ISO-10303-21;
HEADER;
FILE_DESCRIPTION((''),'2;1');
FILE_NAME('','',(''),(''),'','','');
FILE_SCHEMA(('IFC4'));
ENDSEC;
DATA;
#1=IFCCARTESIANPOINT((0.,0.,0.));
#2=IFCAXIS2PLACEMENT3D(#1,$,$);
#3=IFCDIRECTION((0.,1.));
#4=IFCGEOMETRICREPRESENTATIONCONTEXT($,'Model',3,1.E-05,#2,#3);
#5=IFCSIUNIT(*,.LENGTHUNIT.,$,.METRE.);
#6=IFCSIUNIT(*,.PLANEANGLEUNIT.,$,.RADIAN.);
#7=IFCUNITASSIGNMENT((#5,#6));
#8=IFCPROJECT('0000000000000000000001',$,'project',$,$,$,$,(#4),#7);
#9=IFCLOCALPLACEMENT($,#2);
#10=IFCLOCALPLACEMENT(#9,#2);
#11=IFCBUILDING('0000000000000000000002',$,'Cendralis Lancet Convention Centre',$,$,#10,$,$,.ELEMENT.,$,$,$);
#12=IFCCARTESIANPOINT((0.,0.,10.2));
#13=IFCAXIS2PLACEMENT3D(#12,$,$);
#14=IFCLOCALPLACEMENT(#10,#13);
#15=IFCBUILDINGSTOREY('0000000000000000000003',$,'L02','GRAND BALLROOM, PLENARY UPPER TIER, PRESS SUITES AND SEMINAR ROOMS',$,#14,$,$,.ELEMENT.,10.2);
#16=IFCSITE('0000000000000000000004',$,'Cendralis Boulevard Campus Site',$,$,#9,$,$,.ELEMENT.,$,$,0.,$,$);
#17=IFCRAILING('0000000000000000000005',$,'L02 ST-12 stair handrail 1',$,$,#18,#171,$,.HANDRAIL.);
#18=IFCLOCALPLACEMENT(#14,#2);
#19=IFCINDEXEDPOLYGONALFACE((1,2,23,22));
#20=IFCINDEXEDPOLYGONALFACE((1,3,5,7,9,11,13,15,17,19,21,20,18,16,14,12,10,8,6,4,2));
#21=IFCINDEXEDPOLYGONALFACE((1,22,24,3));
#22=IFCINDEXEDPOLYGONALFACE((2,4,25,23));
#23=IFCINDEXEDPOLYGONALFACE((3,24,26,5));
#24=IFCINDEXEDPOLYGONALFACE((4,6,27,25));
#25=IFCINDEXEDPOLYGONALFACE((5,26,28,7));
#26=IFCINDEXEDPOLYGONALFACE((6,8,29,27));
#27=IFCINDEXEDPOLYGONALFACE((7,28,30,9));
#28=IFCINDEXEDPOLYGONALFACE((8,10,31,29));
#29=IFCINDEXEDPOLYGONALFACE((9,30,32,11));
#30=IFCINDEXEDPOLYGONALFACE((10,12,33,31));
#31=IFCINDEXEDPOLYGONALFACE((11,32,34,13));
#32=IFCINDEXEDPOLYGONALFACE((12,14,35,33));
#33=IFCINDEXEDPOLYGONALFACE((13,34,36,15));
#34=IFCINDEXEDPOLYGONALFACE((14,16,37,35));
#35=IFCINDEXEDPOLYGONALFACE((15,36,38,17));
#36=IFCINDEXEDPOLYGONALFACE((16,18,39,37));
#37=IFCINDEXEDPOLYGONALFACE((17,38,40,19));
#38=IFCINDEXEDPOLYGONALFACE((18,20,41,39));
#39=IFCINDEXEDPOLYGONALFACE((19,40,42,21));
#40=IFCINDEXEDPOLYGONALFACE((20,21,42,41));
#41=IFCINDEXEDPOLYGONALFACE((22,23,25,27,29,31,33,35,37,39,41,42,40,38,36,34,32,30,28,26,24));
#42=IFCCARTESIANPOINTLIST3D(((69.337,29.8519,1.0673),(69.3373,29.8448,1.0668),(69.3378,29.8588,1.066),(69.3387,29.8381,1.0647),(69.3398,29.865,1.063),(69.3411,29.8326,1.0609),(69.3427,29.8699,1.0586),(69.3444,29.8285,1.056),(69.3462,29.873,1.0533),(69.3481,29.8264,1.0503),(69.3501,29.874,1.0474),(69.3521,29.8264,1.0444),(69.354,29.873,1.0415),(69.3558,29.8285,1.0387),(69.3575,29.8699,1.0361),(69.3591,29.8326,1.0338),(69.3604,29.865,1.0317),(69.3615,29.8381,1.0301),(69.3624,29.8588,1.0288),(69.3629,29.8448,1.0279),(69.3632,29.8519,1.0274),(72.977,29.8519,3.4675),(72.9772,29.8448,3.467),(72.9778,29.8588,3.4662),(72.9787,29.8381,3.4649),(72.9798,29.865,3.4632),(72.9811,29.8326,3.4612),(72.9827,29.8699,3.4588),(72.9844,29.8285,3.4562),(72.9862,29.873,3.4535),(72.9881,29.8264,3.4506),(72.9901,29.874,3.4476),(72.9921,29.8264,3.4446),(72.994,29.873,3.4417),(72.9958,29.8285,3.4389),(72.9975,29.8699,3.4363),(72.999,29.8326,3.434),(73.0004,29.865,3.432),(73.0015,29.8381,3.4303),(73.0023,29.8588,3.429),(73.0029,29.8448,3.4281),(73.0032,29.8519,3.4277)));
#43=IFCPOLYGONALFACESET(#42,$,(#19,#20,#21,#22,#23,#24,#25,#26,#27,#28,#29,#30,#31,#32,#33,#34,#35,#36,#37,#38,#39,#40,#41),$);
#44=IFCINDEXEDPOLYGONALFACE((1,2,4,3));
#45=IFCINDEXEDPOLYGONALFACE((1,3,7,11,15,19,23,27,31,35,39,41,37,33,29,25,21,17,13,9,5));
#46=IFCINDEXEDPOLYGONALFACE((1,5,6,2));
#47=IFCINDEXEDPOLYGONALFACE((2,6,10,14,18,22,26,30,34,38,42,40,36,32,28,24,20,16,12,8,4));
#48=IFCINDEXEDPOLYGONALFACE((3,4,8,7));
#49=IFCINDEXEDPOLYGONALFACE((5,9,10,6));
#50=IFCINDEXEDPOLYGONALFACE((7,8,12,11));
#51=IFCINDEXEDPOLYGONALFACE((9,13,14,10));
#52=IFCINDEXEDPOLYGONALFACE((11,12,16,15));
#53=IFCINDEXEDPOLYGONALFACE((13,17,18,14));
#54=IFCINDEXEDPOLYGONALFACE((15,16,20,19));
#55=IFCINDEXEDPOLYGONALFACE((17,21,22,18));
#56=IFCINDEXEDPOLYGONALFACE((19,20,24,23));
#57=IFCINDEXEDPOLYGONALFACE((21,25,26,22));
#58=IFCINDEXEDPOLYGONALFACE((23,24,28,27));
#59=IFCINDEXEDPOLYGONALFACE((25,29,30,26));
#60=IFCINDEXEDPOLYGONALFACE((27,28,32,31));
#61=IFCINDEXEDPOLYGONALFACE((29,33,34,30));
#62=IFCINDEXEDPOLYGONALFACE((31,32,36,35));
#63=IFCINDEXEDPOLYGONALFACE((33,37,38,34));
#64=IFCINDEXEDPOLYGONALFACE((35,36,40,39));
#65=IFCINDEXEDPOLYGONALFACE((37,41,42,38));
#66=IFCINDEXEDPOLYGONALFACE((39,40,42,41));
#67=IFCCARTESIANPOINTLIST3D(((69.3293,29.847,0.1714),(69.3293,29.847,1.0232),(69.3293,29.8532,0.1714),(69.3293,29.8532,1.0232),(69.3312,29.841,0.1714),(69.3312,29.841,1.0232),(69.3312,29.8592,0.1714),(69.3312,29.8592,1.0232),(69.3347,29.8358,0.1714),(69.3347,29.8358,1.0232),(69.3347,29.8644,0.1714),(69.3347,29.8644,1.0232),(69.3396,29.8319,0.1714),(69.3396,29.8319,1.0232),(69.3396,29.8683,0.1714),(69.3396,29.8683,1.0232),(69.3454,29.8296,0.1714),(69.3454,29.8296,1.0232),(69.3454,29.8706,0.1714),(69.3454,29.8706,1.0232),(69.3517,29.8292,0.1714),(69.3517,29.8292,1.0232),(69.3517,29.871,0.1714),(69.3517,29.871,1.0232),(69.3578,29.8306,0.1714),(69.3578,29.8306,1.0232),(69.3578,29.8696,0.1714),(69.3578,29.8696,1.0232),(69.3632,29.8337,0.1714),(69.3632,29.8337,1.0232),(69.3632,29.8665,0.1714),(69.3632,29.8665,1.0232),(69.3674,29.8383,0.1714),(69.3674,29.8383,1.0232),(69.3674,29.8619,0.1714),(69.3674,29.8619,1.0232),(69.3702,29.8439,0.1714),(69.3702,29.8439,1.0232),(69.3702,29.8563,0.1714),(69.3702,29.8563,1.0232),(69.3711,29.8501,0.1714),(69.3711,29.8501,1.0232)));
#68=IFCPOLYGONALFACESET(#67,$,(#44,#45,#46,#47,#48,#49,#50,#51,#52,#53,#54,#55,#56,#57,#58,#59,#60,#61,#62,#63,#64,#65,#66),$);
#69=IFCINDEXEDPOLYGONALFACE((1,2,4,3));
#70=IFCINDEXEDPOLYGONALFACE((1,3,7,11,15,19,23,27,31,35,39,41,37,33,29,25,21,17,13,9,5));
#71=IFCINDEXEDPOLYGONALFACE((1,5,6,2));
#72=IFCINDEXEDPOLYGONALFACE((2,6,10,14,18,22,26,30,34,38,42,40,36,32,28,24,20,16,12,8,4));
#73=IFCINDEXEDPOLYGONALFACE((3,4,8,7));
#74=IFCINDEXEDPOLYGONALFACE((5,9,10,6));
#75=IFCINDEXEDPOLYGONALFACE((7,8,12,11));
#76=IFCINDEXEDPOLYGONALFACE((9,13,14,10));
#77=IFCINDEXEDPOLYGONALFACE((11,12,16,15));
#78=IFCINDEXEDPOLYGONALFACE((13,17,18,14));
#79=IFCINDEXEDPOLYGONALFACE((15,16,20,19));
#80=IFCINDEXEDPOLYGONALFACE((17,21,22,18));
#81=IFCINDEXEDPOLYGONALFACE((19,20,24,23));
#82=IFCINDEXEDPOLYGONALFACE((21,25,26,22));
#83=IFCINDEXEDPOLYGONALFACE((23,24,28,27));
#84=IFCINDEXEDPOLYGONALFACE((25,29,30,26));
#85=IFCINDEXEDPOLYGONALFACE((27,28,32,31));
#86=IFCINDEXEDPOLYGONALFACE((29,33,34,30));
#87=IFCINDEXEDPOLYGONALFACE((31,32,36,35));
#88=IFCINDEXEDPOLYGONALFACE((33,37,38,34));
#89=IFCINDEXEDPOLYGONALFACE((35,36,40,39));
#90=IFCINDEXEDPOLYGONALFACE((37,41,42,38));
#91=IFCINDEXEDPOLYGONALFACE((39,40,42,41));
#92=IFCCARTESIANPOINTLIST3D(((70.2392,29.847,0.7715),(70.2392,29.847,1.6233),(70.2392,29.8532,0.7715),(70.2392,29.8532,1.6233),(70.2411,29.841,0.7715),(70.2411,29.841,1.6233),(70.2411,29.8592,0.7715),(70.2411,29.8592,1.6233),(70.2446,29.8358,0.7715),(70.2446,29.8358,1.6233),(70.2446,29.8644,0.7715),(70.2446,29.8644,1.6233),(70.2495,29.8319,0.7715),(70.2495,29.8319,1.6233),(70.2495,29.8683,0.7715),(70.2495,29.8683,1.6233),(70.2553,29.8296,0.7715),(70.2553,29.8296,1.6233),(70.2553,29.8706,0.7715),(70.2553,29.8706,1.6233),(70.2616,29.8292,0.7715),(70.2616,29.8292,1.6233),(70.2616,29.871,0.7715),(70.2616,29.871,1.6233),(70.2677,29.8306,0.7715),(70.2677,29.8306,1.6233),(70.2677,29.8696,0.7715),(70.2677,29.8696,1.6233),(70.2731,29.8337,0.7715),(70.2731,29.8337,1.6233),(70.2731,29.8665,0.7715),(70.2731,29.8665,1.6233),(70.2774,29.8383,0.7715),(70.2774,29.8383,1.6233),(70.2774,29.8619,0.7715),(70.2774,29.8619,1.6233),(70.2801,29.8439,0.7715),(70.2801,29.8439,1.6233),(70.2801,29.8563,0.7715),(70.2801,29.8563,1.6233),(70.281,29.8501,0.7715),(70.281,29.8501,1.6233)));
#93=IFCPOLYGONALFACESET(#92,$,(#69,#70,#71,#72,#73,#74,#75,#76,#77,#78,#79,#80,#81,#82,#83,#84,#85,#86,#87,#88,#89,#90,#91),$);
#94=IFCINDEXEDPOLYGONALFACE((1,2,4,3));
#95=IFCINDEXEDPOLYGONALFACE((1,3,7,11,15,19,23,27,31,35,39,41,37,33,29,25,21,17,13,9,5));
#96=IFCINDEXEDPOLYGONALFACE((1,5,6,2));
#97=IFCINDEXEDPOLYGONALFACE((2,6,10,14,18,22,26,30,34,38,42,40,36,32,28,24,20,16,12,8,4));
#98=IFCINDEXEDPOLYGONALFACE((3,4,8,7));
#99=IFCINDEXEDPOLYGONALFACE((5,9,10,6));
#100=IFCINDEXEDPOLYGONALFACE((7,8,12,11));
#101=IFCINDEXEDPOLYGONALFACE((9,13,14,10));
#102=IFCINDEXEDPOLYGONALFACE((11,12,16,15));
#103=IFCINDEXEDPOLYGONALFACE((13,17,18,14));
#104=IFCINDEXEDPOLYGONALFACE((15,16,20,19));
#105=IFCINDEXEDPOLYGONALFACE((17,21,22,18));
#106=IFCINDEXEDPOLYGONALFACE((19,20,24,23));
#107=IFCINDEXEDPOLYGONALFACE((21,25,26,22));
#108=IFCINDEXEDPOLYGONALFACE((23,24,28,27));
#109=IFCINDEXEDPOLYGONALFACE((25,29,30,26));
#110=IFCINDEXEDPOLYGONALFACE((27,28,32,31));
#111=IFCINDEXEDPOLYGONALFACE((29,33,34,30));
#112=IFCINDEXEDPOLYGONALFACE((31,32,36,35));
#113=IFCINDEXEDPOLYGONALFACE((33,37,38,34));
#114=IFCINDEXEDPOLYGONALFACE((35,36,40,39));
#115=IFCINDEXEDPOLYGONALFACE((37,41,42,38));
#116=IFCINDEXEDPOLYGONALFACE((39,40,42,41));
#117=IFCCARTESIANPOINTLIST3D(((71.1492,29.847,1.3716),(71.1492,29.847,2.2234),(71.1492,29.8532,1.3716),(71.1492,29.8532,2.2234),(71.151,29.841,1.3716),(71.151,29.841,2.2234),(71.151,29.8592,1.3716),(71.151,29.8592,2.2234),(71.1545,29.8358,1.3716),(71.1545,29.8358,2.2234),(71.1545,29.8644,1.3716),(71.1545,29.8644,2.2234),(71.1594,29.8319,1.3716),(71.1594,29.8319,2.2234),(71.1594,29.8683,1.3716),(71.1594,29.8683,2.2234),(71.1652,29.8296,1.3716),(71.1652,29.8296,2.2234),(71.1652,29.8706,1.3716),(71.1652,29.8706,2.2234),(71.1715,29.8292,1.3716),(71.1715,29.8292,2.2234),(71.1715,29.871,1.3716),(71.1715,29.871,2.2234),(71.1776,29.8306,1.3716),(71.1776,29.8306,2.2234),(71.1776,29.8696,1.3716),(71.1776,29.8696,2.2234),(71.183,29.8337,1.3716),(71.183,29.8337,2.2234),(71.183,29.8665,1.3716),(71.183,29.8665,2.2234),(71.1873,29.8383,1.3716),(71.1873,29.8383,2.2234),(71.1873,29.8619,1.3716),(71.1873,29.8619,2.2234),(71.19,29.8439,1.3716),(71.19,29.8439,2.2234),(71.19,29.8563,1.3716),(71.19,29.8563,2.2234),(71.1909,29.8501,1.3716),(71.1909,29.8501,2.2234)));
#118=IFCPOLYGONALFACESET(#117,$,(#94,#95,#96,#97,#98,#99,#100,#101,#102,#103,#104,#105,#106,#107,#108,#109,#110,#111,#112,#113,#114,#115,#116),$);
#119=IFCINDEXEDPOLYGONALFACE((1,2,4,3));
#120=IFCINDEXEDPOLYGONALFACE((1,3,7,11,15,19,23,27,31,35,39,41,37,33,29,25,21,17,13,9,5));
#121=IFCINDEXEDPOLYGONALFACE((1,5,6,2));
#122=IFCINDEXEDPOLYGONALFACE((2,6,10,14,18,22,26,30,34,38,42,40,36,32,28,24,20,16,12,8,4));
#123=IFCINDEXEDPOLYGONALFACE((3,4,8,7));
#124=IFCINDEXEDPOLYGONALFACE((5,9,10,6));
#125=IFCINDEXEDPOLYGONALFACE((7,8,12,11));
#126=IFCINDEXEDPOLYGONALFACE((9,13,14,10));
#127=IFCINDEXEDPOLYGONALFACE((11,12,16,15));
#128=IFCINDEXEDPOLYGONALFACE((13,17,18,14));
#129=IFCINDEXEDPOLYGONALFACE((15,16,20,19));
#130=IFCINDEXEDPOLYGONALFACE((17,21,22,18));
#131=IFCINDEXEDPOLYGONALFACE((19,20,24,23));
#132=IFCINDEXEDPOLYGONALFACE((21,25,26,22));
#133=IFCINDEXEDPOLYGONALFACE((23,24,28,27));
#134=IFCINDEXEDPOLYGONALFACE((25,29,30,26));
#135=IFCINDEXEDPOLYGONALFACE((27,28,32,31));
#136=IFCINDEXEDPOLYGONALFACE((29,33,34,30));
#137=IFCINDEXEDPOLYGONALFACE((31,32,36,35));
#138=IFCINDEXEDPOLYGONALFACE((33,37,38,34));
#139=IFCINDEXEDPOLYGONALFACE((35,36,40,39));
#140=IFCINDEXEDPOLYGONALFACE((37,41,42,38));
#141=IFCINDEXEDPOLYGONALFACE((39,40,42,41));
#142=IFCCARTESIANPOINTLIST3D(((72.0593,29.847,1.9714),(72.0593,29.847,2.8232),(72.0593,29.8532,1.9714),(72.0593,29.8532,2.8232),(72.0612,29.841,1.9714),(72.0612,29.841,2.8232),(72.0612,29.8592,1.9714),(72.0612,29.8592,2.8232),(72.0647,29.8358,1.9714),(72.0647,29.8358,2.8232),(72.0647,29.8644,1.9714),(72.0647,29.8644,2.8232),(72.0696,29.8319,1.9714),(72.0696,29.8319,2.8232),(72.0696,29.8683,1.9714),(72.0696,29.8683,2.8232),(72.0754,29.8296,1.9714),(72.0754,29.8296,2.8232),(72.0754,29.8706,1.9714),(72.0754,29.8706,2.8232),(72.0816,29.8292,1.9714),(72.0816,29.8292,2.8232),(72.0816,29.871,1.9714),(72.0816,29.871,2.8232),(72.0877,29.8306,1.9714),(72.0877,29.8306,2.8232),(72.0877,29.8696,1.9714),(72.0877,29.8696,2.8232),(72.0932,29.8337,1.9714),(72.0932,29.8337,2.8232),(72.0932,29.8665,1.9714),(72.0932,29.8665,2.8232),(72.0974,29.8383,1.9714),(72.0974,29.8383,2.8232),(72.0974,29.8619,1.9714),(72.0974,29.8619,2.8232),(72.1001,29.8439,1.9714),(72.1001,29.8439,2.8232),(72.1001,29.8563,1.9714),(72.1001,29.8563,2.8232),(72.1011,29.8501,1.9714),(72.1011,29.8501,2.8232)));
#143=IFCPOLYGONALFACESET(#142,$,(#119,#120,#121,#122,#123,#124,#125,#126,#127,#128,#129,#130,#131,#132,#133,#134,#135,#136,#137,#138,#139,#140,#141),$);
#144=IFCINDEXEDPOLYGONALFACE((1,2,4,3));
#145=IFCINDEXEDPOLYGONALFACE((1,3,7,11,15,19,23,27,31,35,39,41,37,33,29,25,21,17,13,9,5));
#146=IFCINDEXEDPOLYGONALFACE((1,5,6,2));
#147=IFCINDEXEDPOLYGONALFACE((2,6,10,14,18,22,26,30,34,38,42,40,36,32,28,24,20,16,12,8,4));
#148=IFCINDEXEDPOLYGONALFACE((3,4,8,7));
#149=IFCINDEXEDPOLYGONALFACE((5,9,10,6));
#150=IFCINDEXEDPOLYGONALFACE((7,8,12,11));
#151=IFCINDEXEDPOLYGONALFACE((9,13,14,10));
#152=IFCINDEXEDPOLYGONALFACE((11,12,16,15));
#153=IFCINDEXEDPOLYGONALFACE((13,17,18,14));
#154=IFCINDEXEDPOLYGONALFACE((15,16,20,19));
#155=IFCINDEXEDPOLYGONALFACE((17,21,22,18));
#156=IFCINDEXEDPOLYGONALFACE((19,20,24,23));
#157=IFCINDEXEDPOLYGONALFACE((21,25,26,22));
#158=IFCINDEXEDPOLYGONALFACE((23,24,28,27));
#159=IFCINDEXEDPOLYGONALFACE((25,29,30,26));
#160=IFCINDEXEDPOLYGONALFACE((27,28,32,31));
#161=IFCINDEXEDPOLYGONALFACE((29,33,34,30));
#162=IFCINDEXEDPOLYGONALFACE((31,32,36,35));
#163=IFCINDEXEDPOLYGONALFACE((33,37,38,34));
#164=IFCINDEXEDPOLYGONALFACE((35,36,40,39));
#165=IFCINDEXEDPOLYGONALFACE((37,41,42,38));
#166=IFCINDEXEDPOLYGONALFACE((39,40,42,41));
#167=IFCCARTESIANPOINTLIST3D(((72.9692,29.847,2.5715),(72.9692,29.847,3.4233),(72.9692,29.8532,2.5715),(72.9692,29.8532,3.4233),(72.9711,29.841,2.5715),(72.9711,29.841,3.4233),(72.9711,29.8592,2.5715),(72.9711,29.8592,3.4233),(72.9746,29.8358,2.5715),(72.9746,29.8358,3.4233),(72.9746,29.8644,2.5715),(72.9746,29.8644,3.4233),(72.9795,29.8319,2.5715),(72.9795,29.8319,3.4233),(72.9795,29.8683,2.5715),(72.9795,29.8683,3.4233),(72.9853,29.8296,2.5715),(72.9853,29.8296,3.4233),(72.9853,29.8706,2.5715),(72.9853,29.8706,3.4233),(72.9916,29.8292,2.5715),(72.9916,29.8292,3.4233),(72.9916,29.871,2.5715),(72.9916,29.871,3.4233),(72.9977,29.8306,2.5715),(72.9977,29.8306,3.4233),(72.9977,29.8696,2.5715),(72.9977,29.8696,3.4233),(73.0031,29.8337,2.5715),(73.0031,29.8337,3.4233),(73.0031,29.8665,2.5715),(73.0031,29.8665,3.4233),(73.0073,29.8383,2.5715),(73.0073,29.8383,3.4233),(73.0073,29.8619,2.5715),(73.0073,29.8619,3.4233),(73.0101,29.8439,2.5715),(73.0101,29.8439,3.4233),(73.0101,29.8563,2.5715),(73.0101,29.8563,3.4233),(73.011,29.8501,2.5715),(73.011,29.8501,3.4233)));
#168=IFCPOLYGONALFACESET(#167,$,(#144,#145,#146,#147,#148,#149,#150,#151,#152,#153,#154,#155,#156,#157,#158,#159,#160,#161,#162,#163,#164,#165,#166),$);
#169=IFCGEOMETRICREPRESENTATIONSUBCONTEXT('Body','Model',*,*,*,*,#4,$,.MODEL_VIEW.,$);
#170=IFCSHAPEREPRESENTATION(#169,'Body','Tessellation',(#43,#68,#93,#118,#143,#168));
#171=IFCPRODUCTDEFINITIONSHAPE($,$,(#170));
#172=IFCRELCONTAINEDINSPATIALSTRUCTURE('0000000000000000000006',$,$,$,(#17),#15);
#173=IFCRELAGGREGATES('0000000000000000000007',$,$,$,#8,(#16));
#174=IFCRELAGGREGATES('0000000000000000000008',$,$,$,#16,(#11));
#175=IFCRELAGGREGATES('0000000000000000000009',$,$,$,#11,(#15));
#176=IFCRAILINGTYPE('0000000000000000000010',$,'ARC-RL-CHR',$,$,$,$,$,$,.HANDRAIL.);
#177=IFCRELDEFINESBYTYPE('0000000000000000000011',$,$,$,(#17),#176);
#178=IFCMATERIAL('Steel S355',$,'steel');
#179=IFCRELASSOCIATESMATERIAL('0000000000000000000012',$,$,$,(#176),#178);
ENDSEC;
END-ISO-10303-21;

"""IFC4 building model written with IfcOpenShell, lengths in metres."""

from ifc_helpers import new_model, si_unit, direction, frame, origin, origin_2d, place, context, subcontext, project, spatial, circle, extrude, material, type_object, element, save


model = new_model("IFC4")

# Units and contexts
model_context = context("Model", 3, precision=1e-05, world=origin(), true_north=direction((0.0, 1.0)))
body_context = subcontext(model_context, "Body", "Model", "MODEL_VIEW")
ifc_project = project(units=[si_unit("LENGTHUNIT", "METRE"), si_unit("PLANEANGLEUNIT", "RADIAN")], contexts=[model_context])

# Site, building, storey
site_placement = place(None, origin())
site = spatial("IfcSite", under=ifc_project, at=site_placement, Name="Cendralis Boulevard Campus Site", CompositionType="ELEMENT", RefElevation=0.0)
building_placement = place(site_placement, origin())
building = spatial("IfcBuilding", under=site, at=building_placement, Name="Cendralis Lancet Convention Centre", CompositionType="ELEMENT")
storey_placement = place(building_placement, frame((0.0, 0.0, 10.2)))
storey = spatial("IfcBuildingStorey", under=building, at=storey_placement, Name="L02", Description="GRAND BALLROOM, PLENARY UPPER TIER, PRESS SUITES AND SEMINAR ROOMS", CompositionType="ELEMENT", Elevation=10.2)

# Shared definitions
ifc_material_1 = material(Name="Steel S355", Category="steel")

# Railing
railing_type_1 = type_object("IfcRailingType", Name="ARC-RL-CHR", PredefinedType="HANDRAIL", material=ifc_material_1)
railing_1_placement = place(storey_placement, frame((69.3501, 29.8501, 0.1714)))
element("IfcRailing", 1, at=railing_1_placement, inside=storey, type_object=railing_type_1, Name="L02 ST-12 stair handrail 1", PredefinedType="HANDRAIL", context=body_context, shape_type="SweptSolid", body=[
    extrude(circle(Radius=0.0239, at=origin_2d()), frame((0.0, 0.0, 0.876), z_axis=(0.834839, 0.0, 0.550493), x_axis=(0.0, 1.0, 0.0)), (0.0, 0.0, 1.0), 4.3601),
    extrude(circle(Radius=0.021, at=origin_2d()), origin(), (0.0, 0.0, 1.0), 0.8518),
    extrude(circle(Radius=0.021, at=origin_2d()), frame((0.9099, 0.0, 0.6001)), (0.0, 0.0, 1.0), 0.8518),
    extrude(circle(Radius=0.021, at=origin_2d()), frame((1.8198, 0.0, 1.2002)), (0.0, 0.0, 1.0), 0.8518),
    extrude(circle(Radius=0.021, at=origin_2d()), frame((2.73, 0.0, 1.8)), (0.0, 0.0, 1.0), 0.8518),
    extrude(circle(Radius=0.021, at=origin_2d()), frame((3.6399, 0.0, 2.4001)), (0.0, 0.0, 1.0), 0.8518),
])

save(model, "model.ifc")
